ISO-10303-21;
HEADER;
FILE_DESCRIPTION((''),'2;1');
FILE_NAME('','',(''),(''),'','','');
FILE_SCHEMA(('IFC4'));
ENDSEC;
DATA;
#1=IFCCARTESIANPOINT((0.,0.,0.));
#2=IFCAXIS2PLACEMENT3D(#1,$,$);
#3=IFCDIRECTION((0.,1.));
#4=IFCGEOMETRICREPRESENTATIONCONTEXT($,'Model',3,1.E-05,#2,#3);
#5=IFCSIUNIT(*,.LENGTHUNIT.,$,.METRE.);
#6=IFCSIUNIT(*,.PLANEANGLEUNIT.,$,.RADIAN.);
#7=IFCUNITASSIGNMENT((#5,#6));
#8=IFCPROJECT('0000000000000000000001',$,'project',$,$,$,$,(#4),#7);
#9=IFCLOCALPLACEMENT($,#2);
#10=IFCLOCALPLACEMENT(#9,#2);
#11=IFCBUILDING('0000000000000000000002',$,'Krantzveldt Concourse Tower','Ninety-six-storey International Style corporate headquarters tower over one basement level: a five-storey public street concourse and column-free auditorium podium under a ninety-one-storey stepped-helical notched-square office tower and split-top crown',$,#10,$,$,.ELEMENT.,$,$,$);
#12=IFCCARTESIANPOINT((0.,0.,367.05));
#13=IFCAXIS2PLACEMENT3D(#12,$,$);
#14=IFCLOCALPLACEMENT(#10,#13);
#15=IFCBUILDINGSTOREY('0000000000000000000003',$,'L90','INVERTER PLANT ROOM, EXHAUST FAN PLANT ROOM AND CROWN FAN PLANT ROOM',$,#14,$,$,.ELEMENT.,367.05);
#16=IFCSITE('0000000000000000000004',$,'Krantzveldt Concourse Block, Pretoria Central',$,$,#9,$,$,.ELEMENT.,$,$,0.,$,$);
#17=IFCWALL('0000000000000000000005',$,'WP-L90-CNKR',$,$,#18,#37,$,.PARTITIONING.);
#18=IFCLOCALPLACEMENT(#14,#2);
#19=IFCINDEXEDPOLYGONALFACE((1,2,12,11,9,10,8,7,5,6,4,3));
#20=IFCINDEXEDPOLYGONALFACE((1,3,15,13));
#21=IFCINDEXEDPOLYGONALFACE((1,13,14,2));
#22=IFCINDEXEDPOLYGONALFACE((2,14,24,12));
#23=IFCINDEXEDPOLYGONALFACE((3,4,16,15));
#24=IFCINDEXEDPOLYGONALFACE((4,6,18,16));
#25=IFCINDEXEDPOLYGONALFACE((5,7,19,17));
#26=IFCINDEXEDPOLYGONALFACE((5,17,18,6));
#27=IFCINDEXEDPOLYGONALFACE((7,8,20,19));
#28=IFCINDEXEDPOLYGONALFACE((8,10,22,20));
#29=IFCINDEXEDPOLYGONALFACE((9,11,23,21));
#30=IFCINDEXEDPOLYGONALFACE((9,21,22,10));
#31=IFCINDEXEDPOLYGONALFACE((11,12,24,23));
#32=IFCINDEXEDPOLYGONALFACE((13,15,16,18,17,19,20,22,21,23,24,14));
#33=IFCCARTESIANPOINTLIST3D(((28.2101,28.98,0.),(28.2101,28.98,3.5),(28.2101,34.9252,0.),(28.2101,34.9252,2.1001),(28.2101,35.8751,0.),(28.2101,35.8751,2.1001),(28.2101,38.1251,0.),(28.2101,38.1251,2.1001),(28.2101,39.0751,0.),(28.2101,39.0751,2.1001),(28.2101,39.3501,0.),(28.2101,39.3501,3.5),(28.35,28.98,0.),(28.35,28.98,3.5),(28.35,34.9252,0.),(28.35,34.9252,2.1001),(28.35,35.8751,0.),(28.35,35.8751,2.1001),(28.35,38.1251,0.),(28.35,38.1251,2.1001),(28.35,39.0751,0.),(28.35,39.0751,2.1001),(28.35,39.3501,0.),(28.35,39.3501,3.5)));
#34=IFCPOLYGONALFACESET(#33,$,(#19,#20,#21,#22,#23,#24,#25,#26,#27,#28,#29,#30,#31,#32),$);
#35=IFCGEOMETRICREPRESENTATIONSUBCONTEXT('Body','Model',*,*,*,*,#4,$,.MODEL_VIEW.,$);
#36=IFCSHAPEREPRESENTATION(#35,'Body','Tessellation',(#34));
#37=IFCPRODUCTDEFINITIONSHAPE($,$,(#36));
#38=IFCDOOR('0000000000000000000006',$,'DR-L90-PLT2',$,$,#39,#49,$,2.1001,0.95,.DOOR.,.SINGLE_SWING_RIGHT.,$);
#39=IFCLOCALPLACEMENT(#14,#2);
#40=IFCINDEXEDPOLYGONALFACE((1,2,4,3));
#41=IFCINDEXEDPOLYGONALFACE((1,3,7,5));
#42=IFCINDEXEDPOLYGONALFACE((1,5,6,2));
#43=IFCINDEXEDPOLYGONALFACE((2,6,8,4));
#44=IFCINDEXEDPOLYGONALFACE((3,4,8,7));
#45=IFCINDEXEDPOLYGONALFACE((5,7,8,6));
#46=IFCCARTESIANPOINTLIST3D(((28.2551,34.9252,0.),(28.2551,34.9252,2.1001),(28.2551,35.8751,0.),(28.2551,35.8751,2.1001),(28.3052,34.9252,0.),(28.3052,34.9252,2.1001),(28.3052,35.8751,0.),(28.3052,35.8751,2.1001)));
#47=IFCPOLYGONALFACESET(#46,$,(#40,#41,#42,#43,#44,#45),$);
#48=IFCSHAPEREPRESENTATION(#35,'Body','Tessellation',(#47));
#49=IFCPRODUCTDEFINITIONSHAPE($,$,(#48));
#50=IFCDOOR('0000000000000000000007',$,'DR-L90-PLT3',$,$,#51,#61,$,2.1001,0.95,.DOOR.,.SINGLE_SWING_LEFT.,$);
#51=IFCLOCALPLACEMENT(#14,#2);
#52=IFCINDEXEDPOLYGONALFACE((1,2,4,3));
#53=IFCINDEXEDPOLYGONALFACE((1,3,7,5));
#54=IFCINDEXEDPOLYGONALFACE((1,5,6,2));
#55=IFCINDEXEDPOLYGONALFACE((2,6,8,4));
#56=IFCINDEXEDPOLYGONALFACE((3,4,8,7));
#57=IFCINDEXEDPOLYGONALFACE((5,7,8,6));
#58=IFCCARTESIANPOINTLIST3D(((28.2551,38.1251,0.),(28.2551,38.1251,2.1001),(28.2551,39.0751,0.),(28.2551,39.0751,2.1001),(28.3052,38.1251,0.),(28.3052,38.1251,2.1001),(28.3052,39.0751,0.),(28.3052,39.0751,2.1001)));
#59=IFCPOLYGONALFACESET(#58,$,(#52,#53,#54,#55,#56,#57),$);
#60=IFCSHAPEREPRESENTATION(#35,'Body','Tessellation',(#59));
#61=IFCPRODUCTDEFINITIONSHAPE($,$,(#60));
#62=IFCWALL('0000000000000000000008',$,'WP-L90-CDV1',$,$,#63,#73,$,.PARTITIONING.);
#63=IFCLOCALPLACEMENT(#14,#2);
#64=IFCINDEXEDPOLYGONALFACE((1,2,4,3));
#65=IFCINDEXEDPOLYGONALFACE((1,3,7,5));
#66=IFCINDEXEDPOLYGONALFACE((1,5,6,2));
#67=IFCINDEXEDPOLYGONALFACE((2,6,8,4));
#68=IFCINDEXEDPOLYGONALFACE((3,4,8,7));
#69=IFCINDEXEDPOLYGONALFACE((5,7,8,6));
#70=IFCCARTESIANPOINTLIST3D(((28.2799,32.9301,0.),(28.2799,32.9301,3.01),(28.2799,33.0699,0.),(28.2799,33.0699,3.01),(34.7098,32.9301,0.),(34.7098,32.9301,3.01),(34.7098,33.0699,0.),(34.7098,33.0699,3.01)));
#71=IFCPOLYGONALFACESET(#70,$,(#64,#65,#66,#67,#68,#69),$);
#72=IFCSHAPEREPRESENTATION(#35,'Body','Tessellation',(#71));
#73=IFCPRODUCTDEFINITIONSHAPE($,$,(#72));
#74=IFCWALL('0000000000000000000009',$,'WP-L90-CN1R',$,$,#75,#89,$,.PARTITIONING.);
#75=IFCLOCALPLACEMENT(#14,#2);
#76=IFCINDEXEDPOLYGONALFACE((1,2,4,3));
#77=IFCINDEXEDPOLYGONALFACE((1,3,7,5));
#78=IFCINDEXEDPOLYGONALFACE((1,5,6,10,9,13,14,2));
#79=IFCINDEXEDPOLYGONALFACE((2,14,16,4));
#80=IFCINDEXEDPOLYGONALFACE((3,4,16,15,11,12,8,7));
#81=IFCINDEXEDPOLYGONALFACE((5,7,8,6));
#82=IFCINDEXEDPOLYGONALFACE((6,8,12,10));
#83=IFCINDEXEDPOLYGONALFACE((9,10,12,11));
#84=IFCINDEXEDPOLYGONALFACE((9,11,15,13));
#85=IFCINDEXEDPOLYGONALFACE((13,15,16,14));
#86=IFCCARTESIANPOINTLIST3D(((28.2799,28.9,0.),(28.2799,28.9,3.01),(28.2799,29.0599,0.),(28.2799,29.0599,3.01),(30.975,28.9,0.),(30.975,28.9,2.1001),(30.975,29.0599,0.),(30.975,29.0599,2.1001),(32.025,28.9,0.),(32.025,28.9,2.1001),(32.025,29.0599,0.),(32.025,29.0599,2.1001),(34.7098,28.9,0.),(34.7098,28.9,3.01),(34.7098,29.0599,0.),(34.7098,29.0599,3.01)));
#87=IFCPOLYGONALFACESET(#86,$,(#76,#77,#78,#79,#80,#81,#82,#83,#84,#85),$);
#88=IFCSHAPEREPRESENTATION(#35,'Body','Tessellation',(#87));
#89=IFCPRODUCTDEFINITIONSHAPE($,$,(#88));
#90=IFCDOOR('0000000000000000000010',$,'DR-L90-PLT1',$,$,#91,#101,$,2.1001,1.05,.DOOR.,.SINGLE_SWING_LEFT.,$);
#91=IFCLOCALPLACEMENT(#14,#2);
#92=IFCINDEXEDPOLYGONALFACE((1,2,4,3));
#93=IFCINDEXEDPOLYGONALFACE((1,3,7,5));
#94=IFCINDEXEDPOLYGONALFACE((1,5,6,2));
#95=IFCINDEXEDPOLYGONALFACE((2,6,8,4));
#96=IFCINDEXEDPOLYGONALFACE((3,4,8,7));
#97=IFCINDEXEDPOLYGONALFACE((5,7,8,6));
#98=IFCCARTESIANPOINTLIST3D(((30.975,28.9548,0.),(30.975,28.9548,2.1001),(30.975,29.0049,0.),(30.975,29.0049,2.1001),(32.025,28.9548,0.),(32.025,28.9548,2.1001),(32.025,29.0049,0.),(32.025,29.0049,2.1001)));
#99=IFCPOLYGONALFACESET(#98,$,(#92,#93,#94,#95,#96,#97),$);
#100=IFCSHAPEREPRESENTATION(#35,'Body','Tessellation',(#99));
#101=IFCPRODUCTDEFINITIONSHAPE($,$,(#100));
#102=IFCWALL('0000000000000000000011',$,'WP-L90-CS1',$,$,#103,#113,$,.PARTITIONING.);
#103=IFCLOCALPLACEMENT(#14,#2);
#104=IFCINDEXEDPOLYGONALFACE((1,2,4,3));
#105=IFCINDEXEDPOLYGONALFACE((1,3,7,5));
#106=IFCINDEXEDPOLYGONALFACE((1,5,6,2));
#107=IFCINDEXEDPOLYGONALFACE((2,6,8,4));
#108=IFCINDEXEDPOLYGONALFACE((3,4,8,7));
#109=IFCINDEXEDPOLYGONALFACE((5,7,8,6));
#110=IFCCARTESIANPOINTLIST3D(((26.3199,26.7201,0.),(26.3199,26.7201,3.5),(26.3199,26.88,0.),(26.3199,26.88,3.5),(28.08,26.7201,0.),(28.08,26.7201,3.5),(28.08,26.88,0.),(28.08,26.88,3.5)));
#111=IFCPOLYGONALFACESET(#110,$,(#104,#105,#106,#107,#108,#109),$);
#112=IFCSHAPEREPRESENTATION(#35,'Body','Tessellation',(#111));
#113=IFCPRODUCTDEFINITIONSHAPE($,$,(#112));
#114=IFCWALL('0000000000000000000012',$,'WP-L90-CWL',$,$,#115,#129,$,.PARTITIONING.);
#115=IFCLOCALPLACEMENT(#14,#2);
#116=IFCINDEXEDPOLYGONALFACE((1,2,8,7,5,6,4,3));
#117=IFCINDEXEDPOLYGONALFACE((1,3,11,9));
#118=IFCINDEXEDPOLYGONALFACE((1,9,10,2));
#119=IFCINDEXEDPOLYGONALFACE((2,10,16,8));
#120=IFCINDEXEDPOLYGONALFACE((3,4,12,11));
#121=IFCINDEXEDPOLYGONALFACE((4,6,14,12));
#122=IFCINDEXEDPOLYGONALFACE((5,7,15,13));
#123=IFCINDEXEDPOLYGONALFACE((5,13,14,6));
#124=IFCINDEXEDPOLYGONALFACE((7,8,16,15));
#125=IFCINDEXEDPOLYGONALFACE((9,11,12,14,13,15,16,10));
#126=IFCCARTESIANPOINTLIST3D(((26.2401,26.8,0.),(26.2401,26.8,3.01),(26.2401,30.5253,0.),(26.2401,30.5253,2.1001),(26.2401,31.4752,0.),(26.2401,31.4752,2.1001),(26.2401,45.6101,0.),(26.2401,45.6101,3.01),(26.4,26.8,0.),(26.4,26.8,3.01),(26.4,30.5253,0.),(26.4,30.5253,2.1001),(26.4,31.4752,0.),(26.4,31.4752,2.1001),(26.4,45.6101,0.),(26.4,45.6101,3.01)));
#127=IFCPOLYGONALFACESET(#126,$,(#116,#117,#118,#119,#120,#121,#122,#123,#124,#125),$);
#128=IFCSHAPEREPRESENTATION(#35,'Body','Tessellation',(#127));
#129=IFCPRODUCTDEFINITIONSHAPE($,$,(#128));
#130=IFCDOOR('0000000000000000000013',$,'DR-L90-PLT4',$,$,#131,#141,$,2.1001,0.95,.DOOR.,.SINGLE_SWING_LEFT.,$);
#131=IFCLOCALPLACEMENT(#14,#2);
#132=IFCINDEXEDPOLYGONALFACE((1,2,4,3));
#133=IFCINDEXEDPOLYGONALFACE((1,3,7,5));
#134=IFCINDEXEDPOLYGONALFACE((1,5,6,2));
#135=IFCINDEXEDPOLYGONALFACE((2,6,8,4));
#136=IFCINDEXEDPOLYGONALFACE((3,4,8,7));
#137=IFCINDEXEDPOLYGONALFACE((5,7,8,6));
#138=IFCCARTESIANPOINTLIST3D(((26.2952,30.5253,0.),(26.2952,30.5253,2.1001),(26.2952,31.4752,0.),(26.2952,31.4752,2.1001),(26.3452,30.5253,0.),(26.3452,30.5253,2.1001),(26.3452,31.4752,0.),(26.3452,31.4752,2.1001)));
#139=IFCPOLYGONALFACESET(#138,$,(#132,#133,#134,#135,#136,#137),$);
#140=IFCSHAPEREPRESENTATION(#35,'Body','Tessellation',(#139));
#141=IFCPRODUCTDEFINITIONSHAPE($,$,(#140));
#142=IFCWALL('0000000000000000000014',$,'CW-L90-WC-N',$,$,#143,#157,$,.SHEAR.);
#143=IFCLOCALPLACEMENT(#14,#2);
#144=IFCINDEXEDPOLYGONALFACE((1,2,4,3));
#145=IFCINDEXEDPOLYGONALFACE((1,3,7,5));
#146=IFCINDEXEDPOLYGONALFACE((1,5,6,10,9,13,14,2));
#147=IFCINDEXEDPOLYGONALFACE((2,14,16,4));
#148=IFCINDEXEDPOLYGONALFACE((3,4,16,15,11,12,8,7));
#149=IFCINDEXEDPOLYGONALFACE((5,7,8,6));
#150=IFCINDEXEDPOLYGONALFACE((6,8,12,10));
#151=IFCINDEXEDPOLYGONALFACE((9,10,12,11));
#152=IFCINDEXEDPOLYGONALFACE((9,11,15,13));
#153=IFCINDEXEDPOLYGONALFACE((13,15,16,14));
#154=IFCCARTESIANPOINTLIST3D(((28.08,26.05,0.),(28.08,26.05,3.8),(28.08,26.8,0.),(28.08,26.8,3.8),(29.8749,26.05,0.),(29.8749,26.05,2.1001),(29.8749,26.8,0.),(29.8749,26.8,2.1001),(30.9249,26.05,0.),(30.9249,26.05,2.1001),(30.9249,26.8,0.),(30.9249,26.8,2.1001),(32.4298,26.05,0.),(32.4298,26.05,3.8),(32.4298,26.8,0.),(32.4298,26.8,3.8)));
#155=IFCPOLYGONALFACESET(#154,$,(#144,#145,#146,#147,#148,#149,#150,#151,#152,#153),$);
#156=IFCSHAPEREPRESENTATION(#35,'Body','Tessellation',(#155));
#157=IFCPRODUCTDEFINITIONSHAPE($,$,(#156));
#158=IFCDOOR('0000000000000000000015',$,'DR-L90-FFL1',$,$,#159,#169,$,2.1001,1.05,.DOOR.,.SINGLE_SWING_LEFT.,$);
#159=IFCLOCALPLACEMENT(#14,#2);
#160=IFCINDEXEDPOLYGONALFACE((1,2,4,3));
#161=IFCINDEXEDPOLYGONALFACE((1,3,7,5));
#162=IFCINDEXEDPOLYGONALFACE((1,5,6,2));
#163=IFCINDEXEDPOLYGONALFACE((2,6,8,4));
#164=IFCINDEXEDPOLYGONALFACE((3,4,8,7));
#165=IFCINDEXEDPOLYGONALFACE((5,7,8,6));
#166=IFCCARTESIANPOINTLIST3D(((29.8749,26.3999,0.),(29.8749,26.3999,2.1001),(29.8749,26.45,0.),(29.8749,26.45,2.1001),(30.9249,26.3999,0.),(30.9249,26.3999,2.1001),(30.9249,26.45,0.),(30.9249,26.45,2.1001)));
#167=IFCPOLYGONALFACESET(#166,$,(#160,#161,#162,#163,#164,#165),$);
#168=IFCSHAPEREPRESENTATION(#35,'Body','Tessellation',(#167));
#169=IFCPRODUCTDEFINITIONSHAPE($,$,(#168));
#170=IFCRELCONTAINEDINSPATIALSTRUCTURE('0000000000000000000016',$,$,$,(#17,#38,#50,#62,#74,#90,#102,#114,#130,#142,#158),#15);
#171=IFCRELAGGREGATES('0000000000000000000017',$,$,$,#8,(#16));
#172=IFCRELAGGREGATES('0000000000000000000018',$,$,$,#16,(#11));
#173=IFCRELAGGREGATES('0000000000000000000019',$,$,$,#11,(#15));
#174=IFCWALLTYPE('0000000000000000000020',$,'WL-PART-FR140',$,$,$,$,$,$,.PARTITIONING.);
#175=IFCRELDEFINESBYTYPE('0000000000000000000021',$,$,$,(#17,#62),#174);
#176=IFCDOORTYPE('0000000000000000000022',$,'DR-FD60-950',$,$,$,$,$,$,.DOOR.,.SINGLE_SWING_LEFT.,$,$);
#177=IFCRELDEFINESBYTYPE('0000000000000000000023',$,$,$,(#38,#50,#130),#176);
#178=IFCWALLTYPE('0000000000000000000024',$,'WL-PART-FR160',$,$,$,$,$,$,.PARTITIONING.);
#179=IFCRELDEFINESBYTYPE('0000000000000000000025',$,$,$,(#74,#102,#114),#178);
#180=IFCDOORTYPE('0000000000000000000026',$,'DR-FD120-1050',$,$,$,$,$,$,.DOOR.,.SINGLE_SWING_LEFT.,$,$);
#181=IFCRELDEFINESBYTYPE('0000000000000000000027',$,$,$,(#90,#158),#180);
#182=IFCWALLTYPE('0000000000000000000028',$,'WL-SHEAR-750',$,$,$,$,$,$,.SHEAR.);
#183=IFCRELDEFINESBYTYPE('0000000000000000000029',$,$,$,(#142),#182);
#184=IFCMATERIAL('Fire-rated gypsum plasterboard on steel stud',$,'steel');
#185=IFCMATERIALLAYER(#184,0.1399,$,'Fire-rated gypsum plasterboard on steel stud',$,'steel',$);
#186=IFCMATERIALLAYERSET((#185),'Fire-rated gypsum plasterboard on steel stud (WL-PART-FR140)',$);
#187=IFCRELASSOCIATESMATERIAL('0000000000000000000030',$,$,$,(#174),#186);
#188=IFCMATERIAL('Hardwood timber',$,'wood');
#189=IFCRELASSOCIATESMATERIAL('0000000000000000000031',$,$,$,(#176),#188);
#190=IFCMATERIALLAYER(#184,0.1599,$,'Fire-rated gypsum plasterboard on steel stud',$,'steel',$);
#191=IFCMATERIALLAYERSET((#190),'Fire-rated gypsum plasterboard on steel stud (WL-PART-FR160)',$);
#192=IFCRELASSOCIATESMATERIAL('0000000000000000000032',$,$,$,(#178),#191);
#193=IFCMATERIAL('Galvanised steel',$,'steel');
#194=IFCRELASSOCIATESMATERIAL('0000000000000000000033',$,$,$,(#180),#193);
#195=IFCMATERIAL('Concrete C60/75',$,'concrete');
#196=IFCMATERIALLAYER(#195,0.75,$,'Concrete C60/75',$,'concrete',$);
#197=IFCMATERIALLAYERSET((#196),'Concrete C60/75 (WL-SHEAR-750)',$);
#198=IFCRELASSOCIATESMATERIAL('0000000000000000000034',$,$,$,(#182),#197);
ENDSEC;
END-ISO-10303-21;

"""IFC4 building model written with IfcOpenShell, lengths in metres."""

from ifc_helpers import new_model, si_unit, direction, frame, frame_2d, origin, place, context, subcontext, project, spatial, rectangle, extrude, material, layer, layer_set, type_object, element, fill, save


model = new_model("IFC4")

# Units and contexts
model_context = context("Model", 3, precision=1e-05, world=origin(), true_north=direction((0.0, 1.0)))
body_context = subcontext(model_context, "Body", "Model", "MODEL_VIEW")
ifc_project = project(units=[si_unit("LENGTHUNIT", "METRE"), si_unit("PLANEANGLEUNIT", "RADIAN")], contexts=[model_context])

# Site, building, storey
site_placement = place(None, origin())
site = spatial("IfcSite", under=ifc_project, at=site_placement, Name="Krantzveldt Concourse Block, Pretoria Central", CompositionType="ELEMENT", RefElevation=0.0)
building_placement = place(site_placement, origin())
building = spatial("IfcBuilding", under=site, at=building_placement, Name="Krantzveldt Concourse Tower", Description="Ninety-six-storey International Style corporate headquarters tower over one basement level: a five-storey public street concourse and column-free auditorium podium under a ninety-one-storey stepped-helical notched-square office tower and split-top crown", CompositionType="ELEMENT")
storey_placement = place(building_placement, frame((0.0, 0.0, 367.05)))
storey = spatial("IfcBuildingStorey", under=building, at=storey_placement, Name="L90", Description="INVERTER PLANT ROOM, EXHAUST FAN PLANT ROOM AND CROWN FAN PLANT ROOM", CompositionType="ELEMENT", Elevation=367.05)

# Shared definitions
ifc_material_1 = material(Name="Fire-rated gypsum plasterboard on steel stud", Category="steel")
ifc_layer_1 = layer(ifc_material_1, 0.1399, Name="Fire-rated gypsum plasterboard on steel stud", Category="steel")
ifc_layer_set_1 = layer_set([ifc_layer_1], Name="Fire-rated gypsum plasterboard on steel stud (WL-PART-FR140)")
wall_type_1 = type_object("IfcWallType", Name="WL-PART-FR140", PredefinedType="PARTITIONING", material=ifc_layer_set_1)

# Wall, openings, doors
wall_1_placement = place(storey_placement, frame((28.28, 28.98, 0.0), z_axis=(0.0, 0.0, 1.0), x_axis=(0.0, 1.0, 0.0)))
wall_1 = element("IfcWall", 1, at=wall_1_placement, inside=storey, type_object=wall_type_1, Name="WP-L90-CNKR", PredefinedType="PARTITIONING", context=body_context, shape_type="SweptSolid", body=[
    extrude(rectangle(XDim=10.3701, YDim=0.1399, at=frame_2d((5.1851, 0.0))), origin(), (0.0, 0.0, 1.0), 3.5),
])
opening_1_placement = place(wall_1_placement, frame((5.9451, 0.0, 0.0)))
opening_1 = element("IfcOpeningElement", 2, at=opening_1_placement, cuts=wall_1, PredefinedType="OPENING", context=body_context, shape_type="SweptSolid", body=[
    extrude(rectangle(XDim=0.95, YDim=2.1001, at=frame_2d((0.4751, 1.05))), frame((0.0, 0.0801, 0.0), z_axis=(0.0, -1.0, 0.0), x_axis=(1.0, 0.0, 0.0)), (0.0, 0.0, 1.0), 0.1599),
])
opening_2_placement = place(wall_1_placement, frame((9.145, 0.0, 0.0)))
opening_2 = element("IfcOpeningElement", 3, at=opening_2_placement, cuts=wall_1, PredefinedType="OPENING", context=body_context, shape_type="SweptSolid", body=[
    extrude(rectangle(XDim=0.95, YDim=2.1001, at=frame_2d((0.4751, 1.05))), frame((0.0, 0.0801, 0.0), z_axis=(0.0, -1.0, 0.0), x_axis=(1.0, 0.0, 0.0)), (0.0, 0.0, 1.0), 0.1599),
])
ifc_material_2 = material(Name="Hardwood timber", Category="wood")
door_type_1 = type_object("IfcDoorType", Name="DR-FD60-950", OperationType="SINGLE_SWING_LEFT", PredefinedType="DOOR", material=ifc_material_2)
door_1_placement = place(opening_1_placement, origin())
door_1 = element("IfcDoor", 4, at=door_1_placement, inside=storey, type_object=door_type_1, Name="DR-L90-PLT2", OperationType="SINGLE_SWING_RIGHT", OverallHeight=2.1001, OverallWidth=0.95, PredefinedType="DOOR", context=body_context, shape_type="SweptSolid", body=[
    extrude(rectangle(XDim=0.95, YDim=2.1001, at=frame_2d((0.4751, 1.05))), frame((0.0, 0.0249, 0.0), z_axis=(0.0, -1.0, 0.0), x_axis=(1.0, 0.0, 0.0)), (0.0, 0.0, 1.0), 0.05),
])
fill(opening_1, door_1)
door_2_placement = place(opening_2_placement, origin())
door_2 = element("IfcDoor", 5, at=door_2_placement, inside=storey, type_object=door_type_1, Name="DR-L90-PLT3", OperationType="SINGLE_SWING_LEFT", OverallHeight=2.1001, OverallWidth=0.95, PredefinedType="DOOR", context=body_context, shape_type="SweptSolid", body=[
    extrude(rectangle(XDim=0.95, YDim=2.1001, at=frame_2d((0.4751, 1.05))), frame((0.0, 0.0249, 0.0), z_axis=(0.0, -1.0, 0.0), x_axis=(1.0, 0.0, 0.0)), (0.0, 0.0, 1.0), 0.05),
])
fill(opening_2, door_2)

# Wall
wall_2_placement = place(storey_placement, frame((28.28, 33.0, 0.0), z_axis=(0.0, 0.0, 1.0), x_axis=(1.0, 0.0, 0.0)))
element("IfcWall", 6, at=wall_2_placement, inside=storey, type_object=wall_type_1, Name="WP-L90-CDV1", PredefinedType="PARTITIONING", context=body_context, shape_type="SweptSolid", body=[
    extrude(rectangle(XDim=6.4299, YDim=0.1399, at=frame_2d((3.2148, 0.0))), origin(), (0.0, 0.0, 1.0), 3.01),
])

# Wall, opening, door
ifc_layer_2 = layer(ifc_material_1, 0.1599, Name="Fire-rated gypsum plasterboard on steel stud", Category="steel")
ifc_layer_set_2 = layer_set([ifc_layer_2], Name="Fire-rated gypsum plasterboard on steel stud (WL-PART-FR160)")
wall_type_2 = type_object("IfcWallType", Name="WL-PART-FR160", PredefinedType="PARTITIONING", material=ifc_layer_set_2)
wall_3_placement = place(storey_placement, frame((28.28, 28.98, 0.0), z_axis=(0.0, 0.0, 1.0), x_axis=(1.0, 0.0, 0.0)))
wall_3 = element("IfcWall", 7, at=wall_3_placement, inside=storey, type_object=wall_type_2, Name="WP-L90-CN1R", PredefinedType="PARTITIONING", context=body_context, shape_type="SweptSolid", body=[
    extrude(rectangle(XDim=6.4299, YDim=0.1599, at=frame_2d((3.2148, 0.0))), origin(), (0.0, 0.0, 1.0), 3.01),
])
opening_3_placement = place(wall_3_placement, frame((2.6951, 0.0, 0.0)))
opening_3 = element("IfcOpeningElement", 8, at=opening_3_placement, cuts=wall_3, PredefinedType="OPENING", context=body_context, shape_type="SweptSolid", body=[
    extrude(rectangle(XDim=1.05, YDim=2.1001, at=frame_2d((0.5249, 1.05))), frame((0.0, 0.0898, 0.0), z_axis=(0.0, -1.0, 0.0), x_axis=(1.0, 0.0, 0.0)), (0.0, 0.0, 1.0), 0.1799),
])
ifc_material_3 = material(Name="Galvanised steel", Category="steel")
door_type_2 = type_object("IfcDoorType", Name="DR-FD120-1050", OperationType="SINGLE_SWING_LEFT", PredefinedType="DOOR", material=ifc_material_3)
door_3_placement = place(opening_3_placement, origin())
door_3 = element("IfcDoor", 9, at=door_3_placement, inside=storey, type_object=door_type_2, Name="DR-L90-PLT1", OperationType="SINGLE_SWING_LEFT", OverallHeight=2.1001, OverallWidth=1.05, PredefinedType="DOOR", context=body_context, shape_type="SweptSolid", body=[
    extrude(rectangle(XDim=1.05, YDim=2.1001, at=frame_2d((0.5249, 1.05))), frame((0.0, 0.0249, 0.0), z_axis=(0.0, -1.0, 0.0), x_axis=(1.0, 0.0, 0.0)), (0.0, 0.0, 1.0), 0.05),
])
fill(opening_3, door_3)

# Wall
wall_4_placement = place(storey_placement, frame((26.3201, 26.8, 0.0), z_axis=(0.0, 0.0, 1.0), x_axis=(1.0, 0.0, 0.0)))
element("IfcWall", 10, at=wall_4_placement, inside=storey, type_object=wall_type_2, Name="WP-L90-CS1", PredefinedType="PARTITIONING", context=body_context, shape_type="SweptSolid", body=[
    extrude(rectangle(XDim=1.76, YDim=0.1599, at=frame_2d((0.8799, 0.0))), origin(), (0.0, 0.0, 1.0), 3.5),
])

# Walls, openings, doors
wall_5_placement = place(storey_placement, frame((26.3201, 26.8, 0.0), z_axis=(0.0, 0.0, 1.0), x_axis=(0.0, 1.0, 0.0)))
wall_5 = element("IfcWall", 11, at=wall_5_placement, inside=storey, type_object=wall_type_2, Name="WP-L90-CWL", PredefinedType="PARTITIONING", context=body_context, shape_type="SweptSolid", body=[
    extrude(rectangle(XDim=18.8101, YDim=0.1599, at=frame_2d((9.405, 0.0))), origin(), (0.0, 0.0, 1.0), 3.01),
])
opening_4_placement = place(wall_5_placement, frame((3.7251, 0.0, 0.0)))
opening_4 = element("IfcOpeningElement", 12, at=opening_4_placement, cuts=wall_5, PredefinedType="OPENING", context=body_context, shape_type="SweptSolid", body=[
    extrude(rectangle(XDim=0.95, YDim=2.1001, at=frame_2d((0.4751, 1.05))), frame((0.0, 0.0898, 0.0), z_axis=(0.0, -1.0, 0.0), x_axis=(1.0, 0.0, 0.0)), (0.0, 0.0, 1.0), 0.1799),
])
door_4_placement = place(opening_4_placement, origin())
door_4 = element("IfcDoor", 13, at=door_4_placement, inside=storey, type_object=door_type_1, Name="DR-L90-PLT4", OperationType="SINGLE_SWING_LEFT", OverallHeight=2.1001, OverallWidth=0.95, PredefinedType="DOOR", context=body_context, shape_type="SweptSolid", body=[
    extrude(rectangle(XDim=0.95, YDim=2.1001, at=frame_2d((0.4751, 1.05))), frame((0.0, 0.0249, 0.0), z_axis=(0.0, -1.0, 0.0), x_axis=(1.0, 0.0, 0.0)), (0.0, 0.0, 1.0), 0.05),
])
fill(opening_4, door_4)
ifc_material_4 = material(Name="Concrete C60/75", Category="concrete")
ifc_layer_3 = layer(ifc_material_4, 0.75, Name="Concrete C60/75", Category="concrete")
ifc_layer_set_3 = layer_set([ifc_layer_3], Name="Concrete C60/75 (WL-SHEAR-750)")
wall_type_3 = type_object("IfcWallType", Name="WL-SHEAR-750", PredefinedType="SHEAR", material=ifc_layer_set_3)
wall_6_placement = place(storey_placement, frame((28.0801, 26.425, 0.0), z_axis=(0.0, 0.0, 1.0), x_axis=(1.0, 0.0, 0.0)))
wall_6 = element("IfcWall", 14, at=wall_6_placement, inside=storey, type_object=wall_type_3, Name="CW-L90-WC-N", PredefinedType="SHEAR", context=body_context, shape_type="SweptSolid", body=[
    extrude(rectangle(XDim=4.3499, YDim=0.75, at=frame_2d((2.1748, 0.0))), origin(), (0.0, 0.0, 1.0), 3.8),
])
opening_5_placement = place(wall_6_placement, frame((1.7949, 0.0, 0.0)))
opening_5 = element("IfcOpeningElement", 15, at=opening_5_placement, cuts=wall_6, PredefinedType="OPENING", context=body_context, shape_type="SweptSolid", body=[
    extrude(rectangle(XDim=1.05, YDim=2.1001, at=frame_2d((0.5249, 1.05))), frame((0.0, 0.385, 0.0), z_axis=(0.0, -1.0, 0.0), x_axis=(1.0, 0.0, 0.0)), (0.0, 0.0, 1.0), 0.77),
])
door_5_placement = place(opening_5_placement, origin())
door_5 = element("IfcDoor", 16, at=door_5_placement, inside=storey, type_object=door_type_2, Name="DR-L90-FFL1", OperationType="SINGLE_SWING_LEFT", OverallHeight=2.1001, OverallWidth=1.05, PredefinedType="DOOR", context=body_context, shape_type="SweptSolid", body=[
    extrude(rectangle(XDim=1.05, YDim=2.1001, at=frame_2d((0.5249, 1.05))), frame((0.0, 0.0249, 0.0), z_axis=(0.0, -1.0, 0.0), x_axis=(1.0, 0.0, 0.0)), (0.0, 0.0, 1.0), 0.05),
])
fill(opening_5, door_5)

save(model, "model.ifc")
